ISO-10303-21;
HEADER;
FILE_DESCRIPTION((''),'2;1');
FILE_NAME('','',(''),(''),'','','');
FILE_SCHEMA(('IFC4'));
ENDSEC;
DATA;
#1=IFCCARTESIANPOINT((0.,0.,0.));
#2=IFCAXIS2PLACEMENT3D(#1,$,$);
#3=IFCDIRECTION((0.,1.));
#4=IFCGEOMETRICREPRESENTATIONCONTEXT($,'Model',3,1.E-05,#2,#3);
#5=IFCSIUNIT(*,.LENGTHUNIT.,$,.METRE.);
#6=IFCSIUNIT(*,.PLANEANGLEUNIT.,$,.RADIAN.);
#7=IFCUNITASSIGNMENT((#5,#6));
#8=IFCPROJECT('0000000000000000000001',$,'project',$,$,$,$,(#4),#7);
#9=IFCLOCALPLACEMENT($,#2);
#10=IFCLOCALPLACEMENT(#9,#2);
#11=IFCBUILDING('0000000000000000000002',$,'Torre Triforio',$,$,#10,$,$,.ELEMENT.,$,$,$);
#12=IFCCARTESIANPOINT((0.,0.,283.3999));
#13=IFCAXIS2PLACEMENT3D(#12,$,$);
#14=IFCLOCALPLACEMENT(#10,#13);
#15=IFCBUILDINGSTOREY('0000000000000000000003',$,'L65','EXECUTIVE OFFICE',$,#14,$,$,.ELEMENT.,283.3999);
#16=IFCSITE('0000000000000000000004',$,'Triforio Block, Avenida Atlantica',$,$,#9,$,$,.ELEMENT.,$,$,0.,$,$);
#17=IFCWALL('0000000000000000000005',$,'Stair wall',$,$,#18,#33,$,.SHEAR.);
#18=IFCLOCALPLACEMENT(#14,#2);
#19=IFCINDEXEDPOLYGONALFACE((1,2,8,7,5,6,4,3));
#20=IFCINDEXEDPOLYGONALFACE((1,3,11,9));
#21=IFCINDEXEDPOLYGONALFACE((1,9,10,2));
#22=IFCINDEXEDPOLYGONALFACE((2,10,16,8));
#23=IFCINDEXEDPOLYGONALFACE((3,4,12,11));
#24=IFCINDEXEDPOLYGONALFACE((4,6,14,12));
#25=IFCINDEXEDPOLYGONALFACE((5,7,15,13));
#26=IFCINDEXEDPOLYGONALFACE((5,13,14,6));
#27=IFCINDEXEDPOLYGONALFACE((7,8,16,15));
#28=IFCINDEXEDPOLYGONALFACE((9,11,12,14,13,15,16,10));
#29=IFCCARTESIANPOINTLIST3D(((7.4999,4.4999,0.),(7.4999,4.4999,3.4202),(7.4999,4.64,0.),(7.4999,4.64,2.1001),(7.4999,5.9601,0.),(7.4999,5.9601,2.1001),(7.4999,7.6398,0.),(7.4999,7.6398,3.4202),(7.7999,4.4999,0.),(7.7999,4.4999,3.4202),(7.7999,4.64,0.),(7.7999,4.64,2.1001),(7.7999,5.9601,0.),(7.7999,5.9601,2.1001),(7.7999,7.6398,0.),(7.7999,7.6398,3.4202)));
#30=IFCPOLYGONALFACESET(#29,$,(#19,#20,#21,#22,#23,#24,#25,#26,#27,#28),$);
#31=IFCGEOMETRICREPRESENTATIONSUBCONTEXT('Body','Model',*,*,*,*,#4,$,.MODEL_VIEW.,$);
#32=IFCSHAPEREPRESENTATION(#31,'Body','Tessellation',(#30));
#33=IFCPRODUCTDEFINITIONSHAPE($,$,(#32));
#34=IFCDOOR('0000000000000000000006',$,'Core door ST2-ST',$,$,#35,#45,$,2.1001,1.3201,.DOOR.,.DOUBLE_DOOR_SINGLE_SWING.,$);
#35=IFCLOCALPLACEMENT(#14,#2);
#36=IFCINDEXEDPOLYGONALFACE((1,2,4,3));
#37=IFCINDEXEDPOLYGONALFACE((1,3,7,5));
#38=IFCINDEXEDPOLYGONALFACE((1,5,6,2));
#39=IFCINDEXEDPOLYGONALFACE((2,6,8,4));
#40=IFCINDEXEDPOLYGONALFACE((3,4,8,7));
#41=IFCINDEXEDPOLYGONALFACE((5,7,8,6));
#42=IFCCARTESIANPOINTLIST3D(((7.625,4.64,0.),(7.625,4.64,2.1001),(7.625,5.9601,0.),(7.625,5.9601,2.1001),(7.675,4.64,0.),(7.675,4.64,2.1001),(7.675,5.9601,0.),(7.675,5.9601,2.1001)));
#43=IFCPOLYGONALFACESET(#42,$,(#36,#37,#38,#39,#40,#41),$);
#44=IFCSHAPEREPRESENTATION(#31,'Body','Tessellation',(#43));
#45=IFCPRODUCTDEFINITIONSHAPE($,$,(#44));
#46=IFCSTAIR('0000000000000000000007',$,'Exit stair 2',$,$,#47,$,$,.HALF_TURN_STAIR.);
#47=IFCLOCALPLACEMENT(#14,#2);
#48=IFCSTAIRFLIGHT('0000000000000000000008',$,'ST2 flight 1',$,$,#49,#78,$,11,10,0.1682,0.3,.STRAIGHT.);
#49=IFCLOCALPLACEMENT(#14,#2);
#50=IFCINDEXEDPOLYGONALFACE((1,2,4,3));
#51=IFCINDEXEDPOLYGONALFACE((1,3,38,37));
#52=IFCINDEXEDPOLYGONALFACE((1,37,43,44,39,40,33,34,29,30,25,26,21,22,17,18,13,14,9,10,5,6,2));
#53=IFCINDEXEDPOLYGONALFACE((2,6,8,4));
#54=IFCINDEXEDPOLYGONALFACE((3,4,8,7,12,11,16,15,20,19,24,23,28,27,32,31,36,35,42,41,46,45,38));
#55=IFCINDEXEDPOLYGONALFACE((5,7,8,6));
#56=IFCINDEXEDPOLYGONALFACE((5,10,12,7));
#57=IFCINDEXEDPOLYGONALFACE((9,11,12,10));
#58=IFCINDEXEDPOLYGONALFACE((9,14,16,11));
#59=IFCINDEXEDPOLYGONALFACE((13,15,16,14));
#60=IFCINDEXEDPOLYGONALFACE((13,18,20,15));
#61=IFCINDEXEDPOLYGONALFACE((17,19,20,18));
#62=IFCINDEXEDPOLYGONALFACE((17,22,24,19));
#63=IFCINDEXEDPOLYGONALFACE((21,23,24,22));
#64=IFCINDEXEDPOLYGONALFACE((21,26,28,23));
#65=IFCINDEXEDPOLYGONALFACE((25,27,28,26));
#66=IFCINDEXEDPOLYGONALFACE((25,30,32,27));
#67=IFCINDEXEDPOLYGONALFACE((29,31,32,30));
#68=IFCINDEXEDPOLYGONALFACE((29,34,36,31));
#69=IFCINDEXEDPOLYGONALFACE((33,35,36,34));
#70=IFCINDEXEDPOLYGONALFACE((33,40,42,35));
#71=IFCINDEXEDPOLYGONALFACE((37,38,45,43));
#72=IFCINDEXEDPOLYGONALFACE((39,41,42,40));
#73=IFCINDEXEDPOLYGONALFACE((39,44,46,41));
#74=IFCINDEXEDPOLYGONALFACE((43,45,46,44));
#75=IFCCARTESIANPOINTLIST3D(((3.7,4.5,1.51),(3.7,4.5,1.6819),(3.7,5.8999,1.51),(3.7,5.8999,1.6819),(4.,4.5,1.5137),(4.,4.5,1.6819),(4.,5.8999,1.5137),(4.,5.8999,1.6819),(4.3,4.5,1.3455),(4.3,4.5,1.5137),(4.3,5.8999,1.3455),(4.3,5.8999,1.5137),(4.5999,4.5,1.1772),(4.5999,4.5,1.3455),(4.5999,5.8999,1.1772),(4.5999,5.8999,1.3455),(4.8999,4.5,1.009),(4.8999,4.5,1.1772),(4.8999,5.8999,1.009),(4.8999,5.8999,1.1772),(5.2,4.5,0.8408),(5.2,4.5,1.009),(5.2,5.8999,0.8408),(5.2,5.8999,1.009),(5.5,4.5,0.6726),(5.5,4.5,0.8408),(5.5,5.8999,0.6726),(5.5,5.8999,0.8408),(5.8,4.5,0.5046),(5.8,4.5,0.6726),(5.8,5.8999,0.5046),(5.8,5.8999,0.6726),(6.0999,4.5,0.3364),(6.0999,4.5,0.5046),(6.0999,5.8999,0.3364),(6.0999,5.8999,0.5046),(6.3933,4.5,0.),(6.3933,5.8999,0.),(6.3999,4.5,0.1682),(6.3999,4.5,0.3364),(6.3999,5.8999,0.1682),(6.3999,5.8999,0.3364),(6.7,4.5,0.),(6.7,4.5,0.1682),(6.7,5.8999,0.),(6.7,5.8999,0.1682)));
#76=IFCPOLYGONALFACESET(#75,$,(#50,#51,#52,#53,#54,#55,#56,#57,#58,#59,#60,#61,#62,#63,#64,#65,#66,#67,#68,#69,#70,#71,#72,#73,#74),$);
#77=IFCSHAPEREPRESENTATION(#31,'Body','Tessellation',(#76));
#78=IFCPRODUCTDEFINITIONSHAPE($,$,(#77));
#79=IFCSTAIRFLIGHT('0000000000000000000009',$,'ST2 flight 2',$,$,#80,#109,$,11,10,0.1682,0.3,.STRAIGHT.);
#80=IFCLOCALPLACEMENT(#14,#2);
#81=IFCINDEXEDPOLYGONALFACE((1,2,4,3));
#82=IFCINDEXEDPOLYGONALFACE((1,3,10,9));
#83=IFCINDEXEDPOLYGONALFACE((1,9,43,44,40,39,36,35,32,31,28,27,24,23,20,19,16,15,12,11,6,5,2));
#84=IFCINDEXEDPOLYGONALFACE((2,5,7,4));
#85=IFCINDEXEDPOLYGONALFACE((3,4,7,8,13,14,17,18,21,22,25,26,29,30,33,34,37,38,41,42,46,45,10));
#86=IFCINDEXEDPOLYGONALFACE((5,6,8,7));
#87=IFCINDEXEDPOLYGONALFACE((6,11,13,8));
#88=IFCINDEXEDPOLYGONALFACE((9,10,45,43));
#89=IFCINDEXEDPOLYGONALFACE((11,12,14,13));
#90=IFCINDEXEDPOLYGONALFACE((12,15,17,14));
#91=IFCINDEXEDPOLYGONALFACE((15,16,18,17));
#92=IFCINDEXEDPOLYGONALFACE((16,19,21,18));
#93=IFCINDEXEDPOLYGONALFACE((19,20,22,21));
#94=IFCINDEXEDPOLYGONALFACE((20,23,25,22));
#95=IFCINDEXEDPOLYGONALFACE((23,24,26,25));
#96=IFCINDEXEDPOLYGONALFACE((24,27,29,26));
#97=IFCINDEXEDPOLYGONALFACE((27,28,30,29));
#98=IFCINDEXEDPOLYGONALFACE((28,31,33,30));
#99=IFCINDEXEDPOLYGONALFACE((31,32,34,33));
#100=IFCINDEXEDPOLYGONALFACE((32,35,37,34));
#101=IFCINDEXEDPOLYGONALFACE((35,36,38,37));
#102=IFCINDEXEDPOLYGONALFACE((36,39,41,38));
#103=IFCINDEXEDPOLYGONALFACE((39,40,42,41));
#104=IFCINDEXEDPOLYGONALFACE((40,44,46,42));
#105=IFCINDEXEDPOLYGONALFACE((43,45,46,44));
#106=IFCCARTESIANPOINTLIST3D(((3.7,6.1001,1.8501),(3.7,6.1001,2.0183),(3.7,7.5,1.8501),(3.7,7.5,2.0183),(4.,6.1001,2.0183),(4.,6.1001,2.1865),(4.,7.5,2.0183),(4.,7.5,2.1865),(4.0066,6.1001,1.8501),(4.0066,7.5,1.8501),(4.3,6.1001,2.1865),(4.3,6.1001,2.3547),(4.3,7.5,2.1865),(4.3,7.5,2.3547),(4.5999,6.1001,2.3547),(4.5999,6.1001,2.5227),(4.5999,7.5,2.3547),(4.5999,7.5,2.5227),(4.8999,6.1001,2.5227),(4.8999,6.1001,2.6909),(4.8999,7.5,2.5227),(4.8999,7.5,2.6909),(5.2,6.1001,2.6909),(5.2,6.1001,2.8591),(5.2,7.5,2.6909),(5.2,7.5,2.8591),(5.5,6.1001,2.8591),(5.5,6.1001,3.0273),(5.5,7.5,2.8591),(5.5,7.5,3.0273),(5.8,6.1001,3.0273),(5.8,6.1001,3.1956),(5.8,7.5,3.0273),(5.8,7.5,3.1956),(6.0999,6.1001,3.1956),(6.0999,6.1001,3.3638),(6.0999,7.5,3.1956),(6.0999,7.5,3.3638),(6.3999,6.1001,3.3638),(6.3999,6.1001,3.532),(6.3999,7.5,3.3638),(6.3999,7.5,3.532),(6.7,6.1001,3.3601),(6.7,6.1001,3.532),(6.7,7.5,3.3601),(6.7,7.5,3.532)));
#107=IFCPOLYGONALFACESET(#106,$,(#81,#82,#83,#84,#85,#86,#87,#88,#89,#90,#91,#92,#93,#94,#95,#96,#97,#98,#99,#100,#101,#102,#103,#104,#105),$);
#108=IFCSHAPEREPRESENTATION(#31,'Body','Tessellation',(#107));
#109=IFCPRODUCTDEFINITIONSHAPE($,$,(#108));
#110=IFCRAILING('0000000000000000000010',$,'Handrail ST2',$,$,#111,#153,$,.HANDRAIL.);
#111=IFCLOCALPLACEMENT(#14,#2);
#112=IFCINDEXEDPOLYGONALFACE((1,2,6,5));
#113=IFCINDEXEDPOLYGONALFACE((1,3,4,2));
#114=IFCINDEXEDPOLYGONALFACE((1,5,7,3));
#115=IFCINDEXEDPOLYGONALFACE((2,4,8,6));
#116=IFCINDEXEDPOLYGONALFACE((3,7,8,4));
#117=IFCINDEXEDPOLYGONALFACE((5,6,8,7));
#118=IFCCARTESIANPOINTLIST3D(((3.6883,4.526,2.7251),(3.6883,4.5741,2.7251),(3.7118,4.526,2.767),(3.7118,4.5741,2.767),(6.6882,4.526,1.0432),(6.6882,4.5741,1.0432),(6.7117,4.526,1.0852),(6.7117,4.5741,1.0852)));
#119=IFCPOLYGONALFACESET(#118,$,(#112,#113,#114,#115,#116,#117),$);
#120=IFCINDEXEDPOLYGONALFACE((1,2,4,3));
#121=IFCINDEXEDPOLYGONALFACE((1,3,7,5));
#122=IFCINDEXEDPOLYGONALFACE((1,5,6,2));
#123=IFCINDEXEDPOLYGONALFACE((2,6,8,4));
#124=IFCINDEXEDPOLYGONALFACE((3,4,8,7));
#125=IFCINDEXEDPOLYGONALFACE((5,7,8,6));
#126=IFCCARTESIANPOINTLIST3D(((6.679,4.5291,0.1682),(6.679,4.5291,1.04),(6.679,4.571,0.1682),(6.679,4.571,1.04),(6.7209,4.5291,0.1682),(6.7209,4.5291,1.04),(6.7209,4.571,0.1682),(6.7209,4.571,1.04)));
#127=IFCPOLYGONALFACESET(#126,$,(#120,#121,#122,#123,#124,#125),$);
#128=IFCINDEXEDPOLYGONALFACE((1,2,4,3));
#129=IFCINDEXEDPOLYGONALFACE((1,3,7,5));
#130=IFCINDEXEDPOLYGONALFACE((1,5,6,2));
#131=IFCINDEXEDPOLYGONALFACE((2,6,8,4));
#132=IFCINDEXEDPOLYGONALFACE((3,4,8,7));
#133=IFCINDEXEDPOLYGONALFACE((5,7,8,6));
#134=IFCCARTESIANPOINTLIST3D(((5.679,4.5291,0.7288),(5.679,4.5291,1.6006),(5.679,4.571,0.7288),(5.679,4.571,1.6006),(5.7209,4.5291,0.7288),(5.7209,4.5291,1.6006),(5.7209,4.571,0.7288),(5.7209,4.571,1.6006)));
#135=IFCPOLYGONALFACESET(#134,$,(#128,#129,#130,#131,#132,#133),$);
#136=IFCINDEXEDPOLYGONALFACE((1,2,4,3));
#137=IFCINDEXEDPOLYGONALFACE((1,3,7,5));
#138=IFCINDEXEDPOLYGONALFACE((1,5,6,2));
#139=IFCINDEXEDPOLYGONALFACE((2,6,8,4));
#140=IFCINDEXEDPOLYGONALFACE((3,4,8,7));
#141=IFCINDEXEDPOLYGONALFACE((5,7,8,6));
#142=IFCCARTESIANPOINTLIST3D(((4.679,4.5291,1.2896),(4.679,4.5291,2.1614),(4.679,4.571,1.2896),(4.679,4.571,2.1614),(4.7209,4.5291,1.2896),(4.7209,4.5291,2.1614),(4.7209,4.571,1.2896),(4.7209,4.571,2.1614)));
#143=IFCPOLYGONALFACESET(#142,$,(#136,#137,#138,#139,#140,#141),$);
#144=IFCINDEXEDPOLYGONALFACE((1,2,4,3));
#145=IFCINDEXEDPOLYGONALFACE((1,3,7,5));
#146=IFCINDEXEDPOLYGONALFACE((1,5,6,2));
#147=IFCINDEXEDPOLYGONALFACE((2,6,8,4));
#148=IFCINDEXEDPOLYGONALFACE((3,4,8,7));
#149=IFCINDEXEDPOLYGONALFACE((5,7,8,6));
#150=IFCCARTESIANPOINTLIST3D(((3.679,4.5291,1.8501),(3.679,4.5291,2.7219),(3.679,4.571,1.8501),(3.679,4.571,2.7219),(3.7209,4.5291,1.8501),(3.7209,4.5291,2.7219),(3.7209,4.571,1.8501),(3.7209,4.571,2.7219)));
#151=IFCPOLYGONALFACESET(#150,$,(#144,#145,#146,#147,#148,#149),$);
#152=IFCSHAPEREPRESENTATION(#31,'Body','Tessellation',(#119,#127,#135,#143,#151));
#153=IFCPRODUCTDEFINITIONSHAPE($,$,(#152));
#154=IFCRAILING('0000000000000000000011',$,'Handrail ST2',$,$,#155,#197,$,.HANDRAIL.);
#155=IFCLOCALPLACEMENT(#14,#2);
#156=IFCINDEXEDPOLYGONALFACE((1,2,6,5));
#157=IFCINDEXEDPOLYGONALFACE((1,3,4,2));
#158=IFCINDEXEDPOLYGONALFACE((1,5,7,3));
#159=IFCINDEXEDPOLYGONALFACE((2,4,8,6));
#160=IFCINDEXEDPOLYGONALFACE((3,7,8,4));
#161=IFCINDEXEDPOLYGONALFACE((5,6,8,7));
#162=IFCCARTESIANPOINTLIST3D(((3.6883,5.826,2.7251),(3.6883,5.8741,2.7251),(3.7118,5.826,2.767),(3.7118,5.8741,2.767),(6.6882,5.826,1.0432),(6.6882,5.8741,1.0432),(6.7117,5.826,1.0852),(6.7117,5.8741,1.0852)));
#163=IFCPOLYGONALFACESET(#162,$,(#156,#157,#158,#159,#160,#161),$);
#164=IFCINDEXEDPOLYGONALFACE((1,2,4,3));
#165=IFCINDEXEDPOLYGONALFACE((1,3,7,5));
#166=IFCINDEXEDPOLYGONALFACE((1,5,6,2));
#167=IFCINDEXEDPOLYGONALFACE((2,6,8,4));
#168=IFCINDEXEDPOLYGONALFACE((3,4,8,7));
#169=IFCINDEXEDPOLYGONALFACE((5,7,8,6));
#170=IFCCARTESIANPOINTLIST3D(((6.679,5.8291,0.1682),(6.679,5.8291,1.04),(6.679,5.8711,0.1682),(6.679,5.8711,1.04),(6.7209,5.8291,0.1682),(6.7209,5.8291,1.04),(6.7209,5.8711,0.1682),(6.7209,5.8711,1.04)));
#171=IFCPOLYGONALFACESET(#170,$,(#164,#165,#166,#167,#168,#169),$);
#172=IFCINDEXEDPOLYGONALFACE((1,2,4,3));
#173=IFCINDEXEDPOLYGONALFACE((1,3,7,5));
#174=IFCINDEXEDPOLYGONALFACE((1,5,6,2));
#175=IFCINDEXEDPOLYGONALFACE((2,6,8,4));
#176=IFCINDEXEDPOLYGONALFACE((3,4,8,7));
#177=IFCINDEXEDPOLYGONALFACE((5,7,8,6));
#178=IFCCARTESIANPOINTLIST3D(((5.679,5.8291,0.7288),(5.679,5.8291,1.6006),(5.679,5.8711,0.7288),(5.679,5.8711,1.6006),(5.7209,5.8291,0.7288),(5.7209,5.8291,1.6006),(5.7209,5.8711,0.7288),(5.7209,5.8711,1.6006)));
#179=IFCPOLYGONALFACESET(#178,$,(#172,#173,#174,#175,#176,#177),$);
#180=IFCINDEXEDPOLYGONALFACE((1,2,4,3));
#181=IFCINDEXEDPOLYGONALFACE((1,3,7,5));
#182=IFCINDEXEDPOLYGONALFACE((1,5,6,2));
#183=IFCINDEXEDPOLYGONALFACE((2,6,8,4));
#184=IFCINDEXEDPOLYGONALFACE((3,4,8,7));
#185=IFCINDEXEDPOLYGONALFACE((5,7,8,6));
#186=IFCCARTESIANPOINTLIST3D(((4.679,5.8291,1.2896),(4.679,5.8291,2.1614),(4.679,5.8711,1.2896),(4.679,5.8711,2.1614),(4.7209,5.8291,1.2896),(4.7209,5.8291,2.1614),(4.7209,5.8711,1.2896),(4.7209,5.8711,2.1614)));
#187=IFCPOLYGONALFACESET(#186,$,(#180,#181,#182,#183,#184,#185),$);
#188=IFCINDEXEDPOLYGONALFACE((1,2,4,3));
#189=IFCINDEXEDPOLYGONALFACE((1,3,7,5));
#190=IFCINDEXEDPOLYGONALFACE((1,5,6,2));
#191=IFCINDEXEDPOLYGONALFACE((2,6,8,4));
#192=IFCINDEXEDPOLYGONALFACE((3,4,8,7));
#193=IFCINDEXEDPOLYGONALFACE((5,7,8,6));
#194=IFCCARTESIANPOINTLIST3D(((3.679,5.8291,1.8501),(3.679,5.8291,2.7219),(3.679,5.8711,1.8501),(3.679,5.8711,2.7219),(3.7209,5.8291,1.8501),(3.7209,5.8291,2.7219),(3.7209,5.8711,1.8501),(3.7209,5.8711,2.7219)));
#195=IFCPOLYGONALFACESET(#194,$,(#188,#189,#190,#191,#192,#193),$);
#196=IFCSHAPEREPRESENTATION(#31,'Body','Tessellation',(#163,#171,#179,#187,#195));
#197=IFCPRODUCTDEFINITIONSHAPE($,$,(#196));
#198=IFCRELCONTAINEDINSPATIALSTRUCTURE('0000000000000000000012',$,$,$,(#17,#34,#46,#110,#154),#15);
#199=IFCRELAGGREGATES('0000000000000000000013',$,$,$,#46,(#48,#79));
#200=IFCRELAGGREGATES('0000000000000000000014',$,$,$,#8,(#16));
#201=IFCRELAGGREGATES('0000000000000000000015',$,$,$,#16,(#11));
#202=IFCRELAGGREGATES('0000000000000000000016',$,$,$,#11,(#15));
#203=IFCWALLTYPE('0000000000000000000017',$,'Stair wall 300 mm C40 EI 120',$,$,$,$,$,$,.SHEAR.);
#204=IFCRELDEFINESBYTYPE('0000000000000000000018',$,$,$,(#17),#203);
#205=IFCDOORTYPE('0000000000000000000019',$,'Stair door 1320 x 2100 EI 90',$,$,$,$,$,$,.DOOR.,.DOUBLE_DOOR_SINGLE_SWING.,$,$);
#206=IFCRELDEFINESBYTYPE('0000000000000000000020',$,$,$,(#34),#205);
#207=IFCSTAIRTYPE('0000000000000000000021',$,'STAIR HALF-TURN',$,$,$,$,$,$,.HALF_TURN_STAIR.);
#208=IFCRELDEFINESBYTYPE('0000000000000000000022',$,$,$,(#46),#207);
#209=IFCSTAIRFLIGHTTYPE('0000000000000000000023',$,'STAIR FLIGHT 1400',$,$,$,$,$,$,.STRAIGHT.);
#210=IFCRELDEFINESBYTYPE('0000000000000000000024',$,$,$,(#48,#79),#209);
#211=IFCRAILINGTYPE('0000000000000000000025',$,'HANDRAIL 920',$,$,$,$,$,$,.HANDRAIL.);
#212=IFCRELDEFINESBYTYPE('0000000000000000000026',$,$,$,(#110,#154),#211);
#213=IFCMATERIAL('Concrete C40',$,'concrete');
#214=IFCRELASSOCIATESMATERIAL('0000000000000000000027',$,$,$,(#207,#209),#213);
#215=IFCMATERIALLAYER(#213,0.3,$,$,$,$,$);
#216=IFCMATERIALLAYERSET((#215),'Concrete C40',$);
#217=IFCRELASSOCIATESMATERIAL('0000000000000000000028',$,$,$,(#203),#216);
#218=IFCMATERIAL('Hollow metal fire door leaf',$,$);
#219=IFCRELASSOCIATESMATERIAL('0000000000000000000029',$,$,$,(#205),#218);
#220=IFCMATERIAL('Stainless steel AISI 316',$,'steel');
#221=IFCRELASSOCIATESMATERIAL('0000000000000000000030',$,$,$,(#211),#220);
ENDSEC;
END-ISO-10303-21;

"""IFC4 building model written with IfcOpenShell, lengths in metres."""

from ifc_helpers import new_model, si_unit, direction, frame, frame_2d, origin, origin_2d, place, context, subcontext, project, spatial, polyline, rectangle, outline, extrude, material, layer, layer_set, type_object, element, fill, aggregate, save


model = new_model("IFC4")

# Units and contexts
model_context = context("Model", 3, precision=1e-05, world=origin(), true_north=direction((0.0, 1.0)))
body_context = subcontext(model_context, "Body", "Model", "MODEL_VIEW")
ifc_project = project(units=[si_unit("LENGTHUNIT", "METRE"), si_unit("PLANEANGLEUNIT", "RADIAN")], contexts=[model_context])

# Site, building, storey
site_placement = place(None, origin())
site = spatial("IfcSite", under=ifc_project, at=site_placement, Name="Triforio Block, Avenida Atlantica", CompositionType="ELEMENT", RefElevation=0.0)
building_placement = place(site_placement, origin())
building = spatial("IfcBuilding", under=site, at=building_placement, Name="Torre Triforio", CompositionType="ELEMENT")
storey_placement = place(building_placement, frame((0.0, 0.0, 283.3999)))
storey = spatial("IfcBuildingStorey", under=building, at=storey_placement, Name="L65", Description="EXECUTIVE OFFICE", CompositionType="ELEMENT", Elevation=283.3999)

# Shared definitions
ifc_material_1 = material(Name="Concrete C40", Category="concrete")
stair_type = type_object("IfcStairType", Name="STAIR HALF-TURN", PredefinedType="HALF_TURN_STAIR", material=ifc_material_1)

# Shared definitions
ifc_material_2 = material(Name="Hollow metal fire door leaf")

# Wall, opening, door
ifc_layer_1 = layer(ifc_material_1, 0.3)
ifc_layer_set_1 = layer_set([ifc_layer_1], Name="Concrete C40")
wall_type_1 = type_object("IfcWallType", Name="Stair wall 300 mm C40 EI 120", PredefinedType="SHEAR", material=ifc_layer_set_1)
wall_1_placement = place(storey_placement, frame((7.6499, 4.5, 0.0), z_axis=(0.0, 0.0, 1.0), x_axis=(0.0, 1.0, 0.0)))
wall_1 = element("IfcWall", 1, at=wall_1_placement, inside=storey, type_object=wall_type_1, Name="Stair wall", PredefinedType="SHEAR", context=body_context, shape_type="SweptSolid", body=[
    extrude(rectangle(XDim=3.1399, YDim=0.3, at=frame_2d((1.5698, 0.0))), origin(), (0.0, 0.0, 1.0), 3.4202),
])
opening_1_placement = place(wall_1_placement, frame((0.1399, 0.0, 0.0)))
opening_1 = element("IfcOpeningElement", 2, at=opening_1_placement, cuts=wall_1, PredefinedType="OPENING", context=body_context, shape_type="SweptSolid", body=[
    extrude(rectangle(XDim=1.3201, YDim=2.1001, at=frame_2d((0.6602, 1.05))), frame((0.0, 0.1599, 0.0), z_axis=(0.0, -1.0, 0.0), x_axis=(1.0, 0.0, 0.0)), (0.0, 0.0, 1.0), 0.3201),
])
door_type_1 = type_object("IfcDoorType", Name="Stair door 1320 x 2100 EI 90", OperationType="DOUBLE_DOOR_SINGLE_SWING", PredefinedType="DOOR", material=ifc_material_2)
door_1_placement = place(opening_1_placement, origin())
door_1 = element("IfcDoor", 3, at=door_1_placement, inside=storey, type_object=door_type_1, Name="Core door ST2-ST", OperationType="DOUBLE_DOOR_SINGLE_SWING", OverallHeight=2.1001, OverallWidth=1.3201, PredefinedType="DOOR", context=body_context, shape_type="SweptSolid", body=[
    extrude(rectangle(XDim=1.3201, YDim=2.1001, at=frame_2d((0.6602, 1.05))), frame((0.0, 0.0249, 0.0), z_axis=(0.0, -1.0, 0.0), x_axis=(1.0, 0.0, 0.0)), (0.0, 0.0, 1.0), 0.05),
])
fill(opening_1, door_1)

# Stair, stair flights
stair_1_placement = place(storey_placement, origin())
stair_1 = element("IfcStair", 4, at=stair_1_placement, inside=storey, type_object=stair_type, Name="Exit stair 2", PredefinedType="HALF_TURN_STAIR")
stair_flight_type = type_object("IfcStairFlightType", Name="STAIR FLIGHT 1400", PredefinedType="STRAIGHT", material=ifc_material_1)
stair_flight_1_placement = place(storey_placement, frame((6.7, 5.2, 0.0), z_axis=(0.0, 0.0, 1.0), x_axis=(-1.0, 0.0, 0.0)))
stair_flight_1 = element("IfcStairFlight", 5, at=stair_flight_1_placement, type_object=stair_flight_type, Name="ST2 flight 1", NumberOfRisers=11, NumberOfTreads=10, PredefinedType="STRAIGHT", RiserHeight=0.1682, TreadLength=0.3, context=body_context, shape_type="SweptSolid", body=[
    extrude(outline(polyline([(0.0, 0.0), (0.0, 0.1682), (0.3, 0.1682), (0.3, 0.3364), (0.6001, 0.3364), (0.6001, 0.5046), (0.8999, 0.5046), (0.8999, 0.6726), (1.2, 0.6726), (1.2, 0.8408), (1.5, 0.8408), (1.5, 1.009), (1.8, 1.009), (1.8, 1.1772), (2.1001, 1.1772), (2.1001, 1.3455), (2.3999, 1.3455), (2.3999, 1.5137), (2.7, 1.5137), (2.7, 1.6819), (3.0, 1.6819), (3.0, 1.8501), (3.0, 1.51), (0.3066, 0.0), (0.0, 0.0)])), frame((0.0, 0.7, 0.0), z_axis=(0.0, -1.0, 0.0), x_axis=(1.0, 0.0, 0.0)), (0.0, 0.0, 1.0), 1.3999),
])
stair_flight_2_placement = place(storey_placement, frame((3.7, 6.8, 1.8501), z_axis=(0.0, 0.0, 1.0), x_axis=(1.0, 0.0, 0.0)))
stair_flight_2 = element("IfcStairFlight", 6, at=stair_flight_2_placement, type_object=stair_flight_type, Name="ST2 flight 2", NumberOfRisers=11, NumberOfTreads=10, PredefinedType="STRAIGHT", RiserHeight=0.1682, TreadLength=0.3, context=body_context, shape_type="SweptSolid", body=[
    extrude(outline(polyline([(0.0, 0.0), (0.0, 0.1682), (0.3, 0.1682), (0.3, 0.3364), (0.6001, 0.3364), (0.6001, 0.5046), (0.8999, 0.5046), (0.8999, 0.6726), (1.2, 0.6726), (1.2, 0.8408), (1.5, 0.8408), (1.5, 1.009), (1.8, 1.009), (1.8, 1.1772), (2.1001, 1.1772), (2.1001, 1.3455), (2.3999, 1.3455), (2.3999, 1.5137), (2.7, 1.5137), (2.7, 1.6819), (3.0, 1.6819), (3.0, 1.8501), (3.0, 1.51), (0.3066, 0.0), (0.0, 0.0)])), frame((0.0, 0.7, 0.0), z_axis=(0.0, -1.0, 0.0), x_axis=(1.0, 0.0, 0.0)), (0.0, 0.0, 1.0), 1.3999),
])
aggregate(stair_1, [stair_flight_1, stair_flight_2])

# Railings
ifc_material_3 = material(Name="Stainless steel AISI 316", Category="steel")
railing_type = type_object("IfcRailingType", Name="HANDRAIL 920", PredefinedType="HANDRAIL", material=ifc_material_3)
for number, where, name in (
    (7, (6.7, 4.55, 0.1682), "Handrail ST2"),
    (8, (6.7, 5.8501, 0.1682), "Handrail ST2"),
):
    element("IfcRailing", number, at=place(storey_placement, frame(where)), inside=storey, type_object=railing_type, Name=name, PredefinedType="HANDRAIL", context=body_context, shape_type="SweptSolid", body=[
        extrude(rectangle(XDim=0.0481, YDim=0.0481, at=origin_2d()), frame((0.0, 0.0, 0.896), z_axis=(-0.872272, 0.0, 0.48902), x_axis=(0.0, -1.0, 0.0)), (0.0, 0.0, 1.0), 3.4392),
        extrude(rectangle(XDim=0.042, YDim=0.042, at=origin_2d()), origin(), (0.0, 0.0, 1.0), 0.8718),
        extrude(rectangle(XDim=0.042, YDim=0.042, at=origin_2d()), frame((-1.0, 0.0, 0.5605)), (0.0, 0.0, 1.0), 0.8718),
        extrude(rectangle(XDim=0.042, YDim=0.042, at=origin_2d()), frame((-2.0, 0.0, 1.1213)), (0.0, 0.0, 1.0), 0.8718),
        extrude(rectangle(XDim=0.042, YDim=0.042, at=origin_2d()), frame((-3.0, 0.0, 1.6819)), (0.0, 0.0, 1.0), 0.8718),
    ])

save(model, "model.ifc")
